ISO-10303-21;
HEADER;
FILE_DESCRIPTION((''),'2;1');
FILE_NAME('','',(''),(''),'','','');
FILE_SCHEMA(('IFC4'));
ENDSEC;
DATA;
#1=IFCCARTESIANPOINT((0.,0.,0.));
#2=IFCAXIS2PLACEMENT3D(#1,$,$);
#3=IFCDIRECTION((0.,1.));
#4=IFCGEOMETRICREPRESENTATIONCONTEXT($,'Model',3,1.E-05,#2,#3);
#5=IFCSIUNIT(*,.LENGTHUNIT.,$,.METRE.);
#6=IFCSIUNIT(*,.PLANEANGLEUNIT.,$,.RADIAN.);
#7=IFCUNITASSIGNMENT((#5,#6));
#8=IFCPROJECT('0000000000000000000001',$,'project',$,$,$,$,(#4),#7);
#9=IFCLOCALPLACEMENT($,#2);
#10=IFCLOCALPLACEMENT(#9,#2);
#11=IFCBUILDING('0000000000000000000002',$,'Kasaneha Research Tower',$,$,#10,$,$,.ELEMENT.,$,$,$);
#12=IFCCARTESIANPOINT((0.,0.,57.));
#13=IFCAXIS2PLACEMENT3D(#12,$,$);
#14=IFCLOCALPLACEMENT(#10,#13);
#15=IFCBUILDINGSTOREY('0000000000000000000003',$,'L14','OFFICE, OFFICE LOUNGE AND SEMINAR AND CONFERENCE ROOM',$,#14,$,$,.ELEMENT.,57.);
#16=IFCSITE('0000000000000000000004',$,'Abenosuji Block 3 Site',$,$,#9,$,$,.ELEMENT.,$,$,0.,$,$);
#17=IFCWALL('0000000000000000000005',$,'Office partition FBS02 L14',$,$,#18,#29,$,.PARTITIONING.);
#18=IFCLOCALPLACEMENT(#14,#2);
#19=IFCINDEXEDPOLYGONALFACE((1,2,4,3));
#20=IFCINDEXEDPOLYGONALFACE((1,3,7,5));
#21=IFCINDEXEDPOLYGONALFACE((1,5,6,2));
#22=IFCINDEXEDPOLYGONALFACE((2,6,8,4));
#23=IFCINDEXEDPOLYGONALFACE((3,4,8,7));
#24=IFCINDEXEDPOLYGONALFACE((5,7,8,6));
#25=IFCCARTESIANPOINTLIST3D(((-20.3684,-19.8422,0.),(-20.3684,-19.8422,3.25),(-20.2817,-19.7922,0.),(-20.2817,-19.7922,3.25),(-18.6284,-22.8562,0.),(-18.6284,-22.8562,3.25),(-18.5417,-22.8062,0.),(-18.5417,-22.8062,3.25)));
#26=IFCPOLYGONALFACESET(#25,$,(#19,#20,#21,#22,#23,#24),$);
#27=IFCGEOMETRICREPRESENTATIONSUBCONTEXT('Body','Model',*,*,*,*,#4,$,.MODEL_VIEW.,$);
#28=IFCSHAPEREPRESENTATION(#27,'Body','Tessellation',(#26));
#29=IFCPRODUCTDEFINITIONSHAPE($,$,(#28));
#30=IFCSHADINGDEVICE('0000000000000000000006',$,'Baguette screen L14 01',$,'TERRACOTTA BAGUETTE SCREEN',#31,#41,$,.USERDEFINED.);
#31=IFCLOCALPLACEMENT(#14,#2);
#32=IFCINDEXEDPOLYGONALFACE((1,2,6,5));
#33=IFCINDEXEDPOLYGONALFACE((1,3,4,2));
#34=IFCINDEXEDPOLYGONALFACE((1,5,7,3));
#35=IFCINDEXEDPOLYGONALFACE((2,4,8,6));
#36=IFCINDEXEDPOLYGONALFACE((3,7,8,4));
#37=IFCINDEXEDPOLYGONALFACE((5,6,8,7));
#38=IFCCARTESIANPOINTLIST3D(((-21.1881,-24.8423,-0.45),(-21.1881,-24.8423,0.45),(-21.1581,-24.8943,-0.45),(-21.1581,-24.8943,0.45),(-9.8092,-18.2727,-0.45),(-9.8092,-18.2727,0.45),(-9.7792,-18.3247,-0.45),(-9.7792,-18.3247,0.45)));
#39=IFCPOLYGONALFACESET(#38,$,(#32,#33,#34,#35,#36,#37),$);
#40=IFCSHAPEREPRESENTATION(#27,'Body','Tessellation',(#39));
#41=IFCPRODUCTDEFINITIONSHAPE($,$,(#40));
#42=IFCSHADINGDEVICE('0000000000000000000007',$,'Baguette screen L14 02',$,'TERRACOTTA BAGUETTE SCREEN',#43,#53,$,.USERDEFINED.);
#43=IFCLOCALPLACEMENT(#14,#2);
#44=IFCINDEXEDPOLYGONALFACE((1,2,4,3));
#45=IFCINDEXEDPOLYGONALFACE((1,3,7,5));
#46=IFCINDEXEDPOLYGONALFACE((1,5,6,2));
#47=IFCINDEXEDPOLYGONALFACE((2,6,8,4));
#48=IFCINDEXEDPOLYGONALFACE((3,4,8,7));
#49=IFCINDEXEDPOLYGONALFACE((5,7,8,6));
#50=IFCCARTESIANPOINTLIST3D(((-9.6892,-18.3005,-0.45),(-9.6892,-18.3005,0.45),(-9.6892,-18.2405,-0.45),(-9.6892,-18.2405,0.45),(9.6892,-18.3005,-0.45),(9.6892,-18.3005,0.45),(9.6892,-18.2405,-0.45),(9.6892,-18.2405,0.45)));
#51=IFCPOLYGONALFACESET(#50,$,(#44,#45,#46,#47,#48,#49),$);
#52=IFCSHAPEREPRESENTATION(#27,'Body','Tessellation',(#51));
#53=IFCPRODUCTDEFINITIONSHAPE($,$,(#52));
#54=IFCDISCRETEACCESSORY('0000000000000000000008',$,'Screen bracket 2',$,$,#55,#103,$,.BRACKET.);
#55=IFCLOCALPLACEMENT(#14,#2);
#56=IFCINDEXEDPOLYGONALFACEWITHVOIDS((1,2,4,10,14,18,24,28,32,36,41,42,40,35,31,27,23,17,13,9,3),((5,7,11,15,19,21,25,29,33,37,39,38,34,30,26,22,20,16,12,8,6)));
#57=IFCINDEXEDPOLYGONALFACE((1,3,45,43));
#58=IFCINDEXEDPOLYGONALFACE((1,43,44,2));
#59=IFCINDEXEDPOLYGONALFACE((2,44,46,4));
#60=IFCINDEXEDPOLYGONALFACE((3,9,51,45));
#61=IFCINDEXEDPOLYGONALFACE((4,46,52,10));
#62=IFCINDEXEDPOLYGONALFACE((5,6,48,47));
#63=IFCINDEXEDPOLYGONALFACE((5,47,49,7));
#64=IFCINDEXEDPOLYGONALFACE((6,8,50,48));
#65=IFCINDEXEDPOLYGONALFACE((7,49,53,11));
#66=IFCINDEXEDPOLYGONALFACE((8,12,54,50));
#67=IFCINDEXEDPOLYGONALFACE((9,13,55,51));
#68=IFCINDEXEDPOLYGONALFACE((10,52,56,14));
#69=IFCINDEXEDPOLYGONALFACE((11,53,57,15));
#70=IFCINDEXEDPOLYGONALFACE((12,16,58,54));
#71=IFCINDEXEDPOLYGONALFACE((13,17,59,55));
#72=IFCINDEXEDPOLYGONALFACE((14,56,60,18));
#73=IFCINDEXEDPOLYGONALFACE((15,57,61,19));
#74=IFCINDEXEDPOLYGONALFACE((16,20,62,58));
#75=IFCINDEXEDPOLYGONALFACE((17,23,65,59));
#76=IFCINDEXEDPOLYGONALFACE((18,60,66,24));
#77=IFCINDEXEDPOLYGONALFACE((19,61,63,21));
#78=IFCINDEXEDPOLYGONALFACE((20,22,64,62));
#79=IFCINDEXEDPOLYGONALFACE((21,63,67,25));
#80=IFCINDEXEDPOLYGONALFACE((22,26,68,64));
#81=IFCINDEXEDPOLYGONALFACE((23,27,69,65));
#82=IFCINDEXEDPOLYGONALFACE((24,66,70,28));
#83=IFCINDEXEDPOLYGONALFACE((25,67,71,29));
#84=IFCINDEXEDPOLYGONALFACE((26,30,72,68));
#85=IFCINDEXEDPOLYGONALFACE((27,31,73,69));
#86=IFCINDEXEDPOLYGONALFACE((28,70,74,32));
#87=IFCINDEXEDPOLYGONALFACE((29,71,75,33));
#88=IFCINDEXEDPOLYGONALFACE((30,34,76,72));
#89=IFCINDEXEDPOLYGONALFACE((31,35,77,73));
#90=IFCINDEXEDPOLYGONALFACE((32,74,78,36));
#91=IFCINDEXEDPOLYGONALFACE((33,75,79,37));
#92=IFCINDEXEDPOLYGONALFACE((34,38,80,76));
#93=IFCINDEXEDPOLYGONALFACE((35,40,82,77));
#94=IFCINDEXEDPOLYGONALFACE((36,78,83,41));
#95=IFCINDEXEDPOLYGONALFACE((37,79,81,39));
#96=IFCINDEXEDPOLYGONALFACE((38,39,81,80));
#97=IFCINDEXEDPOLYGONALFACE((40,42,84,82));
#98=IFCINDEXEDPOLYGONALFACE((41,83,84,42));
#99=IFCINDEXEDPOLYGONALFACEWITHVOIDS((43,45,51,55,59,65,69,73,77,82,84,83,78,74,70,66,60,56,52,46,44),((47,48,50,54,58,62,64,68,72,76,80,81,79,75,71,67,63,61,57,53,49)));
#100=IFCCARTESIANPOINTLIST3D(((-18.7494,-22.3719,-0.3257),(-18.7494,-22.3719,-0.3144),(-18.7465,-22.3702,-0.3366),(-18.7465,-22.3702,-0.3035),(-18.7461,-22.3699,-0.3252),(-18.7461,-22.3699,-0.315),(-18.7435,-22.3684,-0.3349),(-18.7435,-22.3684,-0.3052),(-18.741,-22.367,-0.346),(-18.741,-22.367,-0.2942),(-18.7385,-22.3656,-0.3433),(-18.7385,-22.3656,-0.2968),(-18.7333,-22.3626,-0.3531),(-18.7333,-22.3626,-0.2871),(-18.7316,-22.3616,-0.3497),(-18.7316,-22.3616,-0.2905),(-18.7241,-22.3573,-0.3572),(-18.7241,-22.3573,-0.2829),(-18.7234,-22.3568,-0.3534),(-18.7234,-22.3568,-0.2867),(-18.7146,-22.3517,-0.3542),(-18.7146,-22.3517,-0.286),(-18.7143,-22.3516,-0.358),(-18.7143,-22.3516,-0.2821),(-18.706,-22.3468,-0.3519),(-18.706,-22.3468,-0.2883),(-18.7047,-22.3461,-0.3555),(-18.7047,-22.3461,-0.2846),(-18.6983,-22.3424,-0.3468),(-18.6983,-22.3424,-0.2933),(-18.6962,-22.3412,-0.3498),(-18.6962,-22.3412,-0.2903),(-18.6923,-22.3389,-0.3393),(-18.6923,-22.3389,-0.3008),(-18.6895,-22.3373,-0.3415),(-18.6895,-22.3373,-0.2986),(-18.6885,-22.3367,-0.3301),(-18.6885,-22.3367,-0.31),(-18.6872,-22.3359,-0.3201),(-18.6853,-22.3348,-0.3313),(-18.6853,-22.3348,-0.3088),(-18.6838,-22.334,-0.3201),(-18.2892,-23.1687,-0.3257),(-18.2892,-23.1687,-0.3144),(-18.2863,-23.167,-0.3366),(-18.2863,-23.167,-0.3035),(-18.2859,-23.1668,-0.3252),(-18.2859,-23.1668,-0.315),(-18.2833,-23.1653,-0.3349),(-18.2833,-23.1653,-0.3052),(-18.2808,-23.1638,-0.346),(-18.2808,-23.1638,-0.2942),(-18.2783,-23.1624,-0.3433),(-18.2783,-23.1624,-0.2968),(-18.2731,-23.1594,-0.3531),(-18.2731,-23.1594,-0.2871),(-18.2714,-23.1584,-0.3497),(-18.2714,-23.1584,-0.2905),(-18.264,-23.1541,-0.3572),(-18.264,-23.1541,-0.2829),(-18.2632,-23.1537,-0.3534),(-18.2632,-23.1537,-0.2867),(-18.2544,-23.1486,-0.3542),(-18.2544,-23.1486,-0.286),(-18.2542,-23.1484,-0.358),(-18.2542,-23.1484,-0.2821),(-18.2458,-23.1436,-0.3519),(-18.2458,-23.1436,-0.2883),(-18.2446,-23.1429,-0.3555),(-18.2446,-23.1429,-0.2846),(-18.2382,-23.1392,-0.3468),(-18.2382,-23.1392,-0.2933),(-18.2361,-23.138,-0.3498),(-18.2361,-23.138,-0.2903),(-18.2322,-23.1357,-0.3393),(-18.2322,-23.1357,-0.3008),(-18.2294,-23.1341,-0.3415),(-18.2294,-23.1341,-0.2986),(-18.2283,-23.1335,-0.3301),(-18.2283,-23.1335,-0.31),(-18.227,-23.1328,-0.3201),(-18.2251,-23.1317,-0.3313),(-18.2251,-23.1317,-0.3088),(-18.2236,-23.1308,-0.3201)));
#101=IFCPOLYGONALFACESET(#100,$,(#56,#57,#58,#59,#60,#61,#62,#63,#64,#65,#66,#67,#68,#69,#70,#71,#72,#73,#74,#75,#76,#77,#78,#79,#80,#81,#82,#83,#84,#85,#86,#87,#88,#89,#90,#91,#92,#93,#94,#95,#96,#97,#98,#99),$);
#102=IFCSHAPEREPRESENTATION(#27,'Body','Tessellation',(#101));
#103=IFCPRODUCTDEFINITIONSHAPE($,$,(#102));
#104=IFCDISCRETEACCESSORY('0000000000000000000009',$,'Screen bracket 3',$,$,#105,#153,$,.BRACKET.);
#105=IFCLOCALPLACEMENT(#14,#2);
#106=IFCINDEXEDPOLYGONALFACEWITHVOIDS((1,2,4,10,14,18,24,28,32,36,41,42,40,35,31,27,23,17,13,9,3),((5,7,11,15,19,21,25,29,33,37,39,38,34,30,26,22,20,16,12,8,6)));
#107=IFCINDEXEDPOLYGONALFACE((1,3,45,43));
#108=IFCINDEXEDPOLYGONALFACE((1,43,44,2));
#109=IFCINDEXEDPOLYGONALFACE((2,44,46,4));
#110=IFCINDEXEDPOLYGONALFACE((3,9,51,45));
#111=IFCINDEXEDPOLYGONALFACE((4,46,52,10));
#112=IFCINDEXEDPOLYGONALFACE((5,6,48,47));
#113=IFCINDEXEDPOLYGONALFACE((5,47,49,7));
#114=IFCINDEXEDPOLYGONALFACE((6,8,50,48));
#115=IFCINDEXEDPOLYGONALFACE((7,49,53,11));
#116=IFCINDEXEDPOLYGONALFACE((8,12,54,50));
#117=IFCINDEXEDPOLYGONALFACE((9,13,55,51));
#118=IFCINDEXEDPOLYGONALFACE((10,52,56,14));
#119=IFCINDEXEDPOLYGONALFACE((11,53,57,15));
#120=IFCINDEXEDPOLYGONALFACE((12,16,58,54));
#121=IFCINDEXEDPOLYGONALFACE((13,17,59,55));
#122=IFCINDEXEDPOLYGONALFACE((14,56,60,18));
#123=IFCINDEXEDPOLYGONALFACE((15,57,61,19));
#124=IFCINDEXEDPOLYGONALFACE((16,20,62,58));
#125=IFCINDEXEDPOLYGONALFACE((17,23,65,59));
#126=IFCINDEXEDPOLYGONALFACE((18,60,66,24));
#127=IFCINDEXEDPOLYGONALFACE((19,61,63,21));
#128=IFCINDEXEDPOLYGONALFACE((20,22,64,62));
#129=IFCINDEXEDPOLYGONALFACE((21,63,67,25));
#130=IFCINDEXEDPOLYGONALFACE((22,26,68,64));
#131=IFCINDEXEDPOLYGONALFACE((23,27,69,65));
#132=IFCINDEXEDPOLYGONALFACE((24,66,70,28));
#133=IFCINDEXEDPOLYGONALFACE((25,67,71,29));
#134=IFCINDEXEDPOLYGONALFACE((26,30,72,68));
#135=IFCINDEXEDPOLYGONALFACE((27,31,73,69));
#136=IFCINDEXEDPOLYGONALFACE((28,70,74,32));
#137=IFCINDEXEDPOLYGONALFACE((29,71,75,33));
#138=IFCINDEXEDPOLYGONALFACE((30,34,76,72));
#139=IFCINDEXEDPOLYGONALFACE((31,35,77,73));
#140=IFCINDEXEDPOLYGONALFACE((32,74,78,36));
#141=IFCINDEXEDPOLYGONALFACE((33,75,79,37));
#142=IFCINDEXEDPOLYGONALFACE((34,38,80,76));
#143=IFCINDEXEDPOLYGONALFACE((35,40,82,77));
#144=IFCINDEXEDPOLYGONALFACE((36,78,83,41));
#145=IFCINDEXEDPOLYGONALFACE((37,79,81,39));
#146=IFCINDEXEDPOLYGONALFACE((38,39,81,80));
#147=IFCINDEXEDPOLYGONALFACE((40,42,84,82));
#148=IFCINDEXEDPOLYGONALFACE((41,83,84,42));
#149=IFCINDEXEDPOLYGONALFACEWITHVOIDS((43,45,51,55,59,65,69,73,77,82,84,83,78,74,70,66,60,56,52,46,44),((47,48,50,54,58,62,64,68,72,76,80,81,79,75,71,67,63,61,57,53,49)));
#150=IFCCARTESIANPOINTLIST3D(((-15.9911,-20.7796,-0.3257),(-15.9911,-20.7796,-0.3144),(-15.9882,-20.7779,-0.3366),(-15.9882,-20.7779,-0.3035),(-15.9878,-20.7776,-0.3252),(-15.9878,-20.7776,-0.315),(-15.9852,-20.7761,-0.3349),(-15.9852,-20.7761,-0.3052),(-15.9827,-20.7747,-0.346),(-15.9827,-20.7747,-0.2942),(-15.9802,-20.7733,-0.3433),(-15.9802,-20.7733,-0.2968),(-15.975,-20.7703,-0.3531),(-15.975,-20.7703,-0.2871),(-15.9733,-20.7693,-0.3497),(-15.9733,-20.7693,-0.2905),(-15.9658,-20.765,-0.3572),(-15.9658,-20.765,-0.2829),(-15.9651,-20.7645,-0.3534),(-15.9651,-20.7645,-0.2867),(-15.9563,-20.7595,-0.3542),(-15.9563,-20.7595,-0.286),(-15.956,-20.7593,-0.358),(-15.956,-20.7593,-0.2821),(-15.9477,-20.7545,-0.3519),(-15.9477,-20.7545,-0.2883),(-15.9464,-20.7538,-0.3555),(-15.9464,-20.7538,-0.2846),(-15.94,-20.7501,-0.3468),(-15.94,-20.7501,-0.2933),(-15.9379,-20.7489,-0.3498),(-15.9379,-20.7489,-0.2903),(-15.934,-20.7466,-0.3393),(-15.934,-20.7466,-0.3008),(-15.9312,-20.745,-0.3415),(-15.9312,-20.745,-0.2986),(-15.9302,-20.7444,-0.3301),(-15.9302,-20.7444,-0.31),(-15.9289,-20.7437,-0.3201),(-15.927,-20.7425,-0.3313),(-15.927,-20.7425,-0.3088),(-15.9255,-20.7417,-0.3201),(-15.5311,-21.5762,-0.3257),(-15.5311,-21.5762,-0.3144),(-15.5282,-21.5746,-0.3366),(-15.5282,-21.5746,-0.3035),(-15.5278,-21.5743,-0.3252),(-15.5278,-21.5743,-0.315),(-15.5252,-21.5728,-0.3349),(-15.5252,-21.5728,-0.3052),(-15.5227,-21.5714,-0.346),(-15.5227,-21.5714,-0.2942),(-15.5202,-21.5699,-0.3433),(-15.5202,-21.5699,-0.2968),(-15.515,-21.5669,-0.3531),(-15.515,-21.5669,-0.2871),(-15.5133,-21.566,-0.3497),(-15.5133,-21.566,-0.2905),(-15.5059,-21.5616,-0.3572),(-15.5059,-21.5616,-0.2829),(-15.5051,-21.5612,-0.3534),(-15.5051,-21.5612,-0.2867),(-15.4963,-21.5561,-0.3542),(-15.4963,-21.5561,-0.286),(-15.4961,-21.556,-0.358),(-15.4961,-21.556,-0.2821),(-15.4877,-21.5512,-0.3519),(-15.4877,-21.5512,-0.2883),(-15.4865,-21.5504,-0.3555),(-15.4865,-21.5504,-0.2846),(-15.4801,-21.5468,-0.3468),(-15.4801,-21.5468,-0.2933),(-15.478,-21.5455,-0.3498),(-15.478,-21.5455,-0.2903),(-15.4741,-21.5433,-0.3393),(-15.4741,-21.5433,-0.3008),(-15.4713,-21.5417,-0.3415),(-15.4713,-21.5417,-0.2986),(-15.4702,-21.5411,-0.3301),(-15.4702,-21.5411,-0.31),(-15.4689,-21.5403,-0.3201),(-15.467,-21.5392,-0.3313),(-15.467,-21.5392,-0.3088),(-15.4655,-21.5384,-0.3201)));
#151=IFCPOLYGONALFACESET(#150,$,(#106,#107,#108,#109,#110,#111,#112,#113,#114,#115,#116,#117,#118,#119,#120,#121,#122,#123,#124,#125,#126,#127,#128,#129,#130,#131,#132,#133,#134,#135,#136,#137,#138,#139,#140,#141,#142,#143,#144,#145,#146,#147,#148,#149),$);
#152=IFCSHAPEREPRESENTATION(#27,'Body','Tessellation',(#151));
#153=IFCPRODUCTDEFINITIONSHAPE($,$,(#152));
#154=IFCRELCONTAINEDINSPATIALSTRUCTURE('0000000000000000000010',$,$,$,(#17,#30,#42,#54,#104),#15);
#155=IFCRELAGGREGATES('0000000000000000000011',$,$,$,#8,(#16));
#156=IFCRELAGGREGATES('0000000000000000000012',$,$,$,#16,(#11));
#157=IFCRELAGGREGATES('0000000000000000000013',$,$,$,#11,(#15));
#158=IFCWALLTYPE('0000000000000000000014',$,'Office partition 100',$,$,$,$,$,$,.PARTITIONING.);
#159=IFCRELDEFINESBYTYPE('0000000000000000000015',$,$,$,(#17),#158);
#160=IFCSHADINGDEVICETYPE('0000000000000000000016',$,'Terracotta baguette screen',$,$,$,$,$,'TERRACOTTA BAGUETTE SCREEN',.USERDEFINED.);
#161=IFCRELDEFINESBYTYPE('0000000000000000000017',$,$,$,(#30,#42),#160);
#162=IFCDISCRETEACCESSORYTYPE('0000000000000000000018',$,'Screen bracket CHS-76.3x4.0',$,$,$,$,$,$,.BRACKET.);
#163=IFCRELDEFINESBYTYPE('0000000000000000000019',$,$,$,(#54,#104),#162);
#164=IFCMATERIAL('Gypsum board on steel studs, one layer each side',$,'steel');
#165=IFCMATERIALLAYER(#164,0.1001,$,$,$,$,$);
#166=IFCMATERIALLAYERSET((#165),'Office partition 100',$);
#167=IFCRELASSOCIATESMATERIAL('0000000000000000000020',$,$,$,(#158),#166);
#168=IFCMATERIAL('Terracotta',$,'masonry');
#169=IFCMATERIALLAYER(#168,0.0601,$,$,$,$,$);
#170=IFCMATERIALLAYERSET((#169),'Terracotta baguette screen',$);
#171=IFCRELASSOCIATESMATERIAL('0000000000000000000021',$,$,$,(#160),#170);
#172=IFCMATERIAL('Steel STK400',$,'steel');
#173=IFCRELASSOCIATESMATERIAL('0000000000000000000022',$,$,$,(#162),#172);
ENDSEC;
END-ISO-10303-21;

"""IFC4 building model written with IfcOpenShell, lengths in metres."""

from ifc_helpers import new_model, si_unit, direction, frame, frame_2d, origin, origin_2d, place, context, subcontext, project, spatial, rectangle, hollow_circle, extrude, material, layer, layer_set, material_profile, profile_set, type_object, element, save


model = new_model("IFC4")

# Units and contexts
model_context = context("Model", 3, precision=1e-05, world=origin(), true_north=direction((0.0, 1.0)))
body_context = subcontext(model_context, "Body", "Model", "MODEL_VIEW")
ifc_project = project(units=[si_unit("LENGTHUNIT", "METRE"), si_unit("PLANEANGLEUNIT", "RADIAN")], contexts=[model_context])

# Site, building, storey
site_placement = place(None, origin())
site = spatial("IfcSite", under=ifc_project, at=site_placement, Name="Abenosuji Block 3 Site", CompositionType="ELEMENT", RefElevation=0.0)
building_placement = place(site_placement, origin())
building = spatial("IfcBuilding", under=site, at=building_placement, Name="Kasaneha Research Tower", CompositionType="ELEMENT")
storey_placement = place(building_placement, frame((0.0, 0.0, 57.0)))
storey = spatial("IfcBuildingStorey", under=building, at=storey_placement, Name="L14", Description="OFFICE, OFFICE LOUNGE AND SEMINAR AND CONFERENCE ROOM", CompositionType="ELEMENT", Elevation=57.0)

# Wall
ifc_material_1 = material(Name="Gypsum board on steel studs, one layer each side", Category="steel")
ifc_layer_1 = layer(ifc_material_1, 0.1001)
ifc_layer_set_1 = layer_set([ifc_layer_1], Name="Office partition 100")
wall_type = type_object("IfcWallType", Name="Office partition 100", PredefinedType="PARTITIONING", material=ifc_layer_set_1)
wall_placement = place(storey_placement, frame((-18.585, -22.8313, 0.0), z_axis=(0.0, 0.0, 1.0), x_axis=(-0.49998, 0.866037, 0.0)))
element("IfcWall", 1, at=wall_placement, inside=storey, type_object=wall_type, Name="Office partition FBS02 L14", PredefinedType="PARTITIONING", context=body_context, shape_type="SweptSolid", body=[
    extrude(rectangle(XDim=3.4802, YDim=0.1001, at=frame_2d((1.7402, 0.0))), origin(), (0.0, 0.0, 1.0), 3.25),
])

# Shading devices
ifc_material_2 = material(Name="Terracotta", Category="masonry")
ifc_layer_2 = layer(ifc_material_2, 0.0601)
ifc_layer_set_2 = layer_set([ifc_layer_2], Name="Terracotta baguette screen")
shading_device_type = type_object("IfcShadingDeviceType", Name="Terracotta baguette screen", ElementType="TERRACOTTA BAGUETTE SCREEN", PredefinedType="USERDEFINED", material=ifc_layer_set_2)
shading_device_1_placement = place(storey_placement, frame((-15.4836, -21.5835, -0.45), z_axis=(0.0, 0.0, 1.0), x_axis=(0.866025, 0.5, 0.0)))
element("IfcShadingDevice", 2, at=shading_device_1_placement, inside=storey, type_object=shading_device_type, Name="Baguette screen L14 01", ObjectType="TERRACOTTA BAGUETTE SCREEN", PredefinedType="USERDEFINED", context=body_context, shape_type="SweptSolid", body=[
    extrude(rectangle(XDim=13.1392, YDim=0.0601, at=origin_2d()), origin(), (0.0, 0.0, 1.0), 0.8999),
])
shading_device_2_placement = place(storey_placement, frame((0.0, -18.2705, -0.45), z_axis=(0.0, 0.0, 1.0), x_axis=(1.0, 0.0, 0.0)))
element("IfcShadingDevice", 3, at=shading_device_2_placement, inside=storey, type_object=shading_device_type, Name="Baguette screen L14 02", ObjectType="TERRACOTTA BAGUETTE SCREEN", PredefinedType="USERDEFINED", context=body_context, shape_type="SweptSolid", body=[
    extrude(rectangle(XDim=19.3784, YDim=0.0601, at=origin_2d()), origin(), (0.0, 0.0, 1.0), 0.8999),
])

# Discrete accessories
ifc_material_3 = material(Name="Steel STK400", Category="steel")
ifc_material_profile_1 = material_profile(ifc_material_3, hollow_circle(Radius=0.0381, WallThickness=0.0039, at=origin_2d()), Name="CHS-76.3x4.0")
ifc_profile_set_1 = profile_set([ifc_material_profile_1], Name="Steel STK400")
discrete_accessory_type = type_object("IfcDiscreteAccessoryType", Name="Screen bracket CHS-76.3x4.0", PredefinedType="BRACKET", material=ifc_profile_set_1)
discrete_accessory_1_placement = place(storey_placement, frame((-18.7168, -22.353, -0.3201), z_axis=(0.500105, -0.865965, 0.0), x_axis=(0.865965, 0.500105, 0.0)))
element("IfcDiscreteAccessory", 4, at=discrete_accessory_1_placement, inside=storey, type_object=discrete_accessory_type, Name="Screen bracket 2", PredefinedType="BRACKET", context=body_context, shape_type="SweptSolid", body=[
    extrude(hollow_circle(Radius=0.0381, WallThickness=0.0039, at=origin_2d()), origin(), (0.0, 0.0, 1.0), 0.9202),
])
discrete_accessory_2_placement = place(storey_placement, frame((-15.9585, -20.7607, -0.3201), z_axis=(0.500021, -0.866013, 0.0), x_axis=(0.866013, 0.500021, 0.0)))
element("IfcDiscreteAccessory", 5, at=discrete_accessory_2_placement, inside=storey, type_object=discrete_accessory_type, Name="Screen bracket 3", PredefinedType="BRACKET", context=body_context, shape_type="SweptSolid", body=[
    extrude(hollow_circle(Radius=0.0381, WallThickness=0.0039, at=origin_2d()), origin(), (0.0, 0.0, 1.0), 0.9199),
])

save(model, "model.ifc")
